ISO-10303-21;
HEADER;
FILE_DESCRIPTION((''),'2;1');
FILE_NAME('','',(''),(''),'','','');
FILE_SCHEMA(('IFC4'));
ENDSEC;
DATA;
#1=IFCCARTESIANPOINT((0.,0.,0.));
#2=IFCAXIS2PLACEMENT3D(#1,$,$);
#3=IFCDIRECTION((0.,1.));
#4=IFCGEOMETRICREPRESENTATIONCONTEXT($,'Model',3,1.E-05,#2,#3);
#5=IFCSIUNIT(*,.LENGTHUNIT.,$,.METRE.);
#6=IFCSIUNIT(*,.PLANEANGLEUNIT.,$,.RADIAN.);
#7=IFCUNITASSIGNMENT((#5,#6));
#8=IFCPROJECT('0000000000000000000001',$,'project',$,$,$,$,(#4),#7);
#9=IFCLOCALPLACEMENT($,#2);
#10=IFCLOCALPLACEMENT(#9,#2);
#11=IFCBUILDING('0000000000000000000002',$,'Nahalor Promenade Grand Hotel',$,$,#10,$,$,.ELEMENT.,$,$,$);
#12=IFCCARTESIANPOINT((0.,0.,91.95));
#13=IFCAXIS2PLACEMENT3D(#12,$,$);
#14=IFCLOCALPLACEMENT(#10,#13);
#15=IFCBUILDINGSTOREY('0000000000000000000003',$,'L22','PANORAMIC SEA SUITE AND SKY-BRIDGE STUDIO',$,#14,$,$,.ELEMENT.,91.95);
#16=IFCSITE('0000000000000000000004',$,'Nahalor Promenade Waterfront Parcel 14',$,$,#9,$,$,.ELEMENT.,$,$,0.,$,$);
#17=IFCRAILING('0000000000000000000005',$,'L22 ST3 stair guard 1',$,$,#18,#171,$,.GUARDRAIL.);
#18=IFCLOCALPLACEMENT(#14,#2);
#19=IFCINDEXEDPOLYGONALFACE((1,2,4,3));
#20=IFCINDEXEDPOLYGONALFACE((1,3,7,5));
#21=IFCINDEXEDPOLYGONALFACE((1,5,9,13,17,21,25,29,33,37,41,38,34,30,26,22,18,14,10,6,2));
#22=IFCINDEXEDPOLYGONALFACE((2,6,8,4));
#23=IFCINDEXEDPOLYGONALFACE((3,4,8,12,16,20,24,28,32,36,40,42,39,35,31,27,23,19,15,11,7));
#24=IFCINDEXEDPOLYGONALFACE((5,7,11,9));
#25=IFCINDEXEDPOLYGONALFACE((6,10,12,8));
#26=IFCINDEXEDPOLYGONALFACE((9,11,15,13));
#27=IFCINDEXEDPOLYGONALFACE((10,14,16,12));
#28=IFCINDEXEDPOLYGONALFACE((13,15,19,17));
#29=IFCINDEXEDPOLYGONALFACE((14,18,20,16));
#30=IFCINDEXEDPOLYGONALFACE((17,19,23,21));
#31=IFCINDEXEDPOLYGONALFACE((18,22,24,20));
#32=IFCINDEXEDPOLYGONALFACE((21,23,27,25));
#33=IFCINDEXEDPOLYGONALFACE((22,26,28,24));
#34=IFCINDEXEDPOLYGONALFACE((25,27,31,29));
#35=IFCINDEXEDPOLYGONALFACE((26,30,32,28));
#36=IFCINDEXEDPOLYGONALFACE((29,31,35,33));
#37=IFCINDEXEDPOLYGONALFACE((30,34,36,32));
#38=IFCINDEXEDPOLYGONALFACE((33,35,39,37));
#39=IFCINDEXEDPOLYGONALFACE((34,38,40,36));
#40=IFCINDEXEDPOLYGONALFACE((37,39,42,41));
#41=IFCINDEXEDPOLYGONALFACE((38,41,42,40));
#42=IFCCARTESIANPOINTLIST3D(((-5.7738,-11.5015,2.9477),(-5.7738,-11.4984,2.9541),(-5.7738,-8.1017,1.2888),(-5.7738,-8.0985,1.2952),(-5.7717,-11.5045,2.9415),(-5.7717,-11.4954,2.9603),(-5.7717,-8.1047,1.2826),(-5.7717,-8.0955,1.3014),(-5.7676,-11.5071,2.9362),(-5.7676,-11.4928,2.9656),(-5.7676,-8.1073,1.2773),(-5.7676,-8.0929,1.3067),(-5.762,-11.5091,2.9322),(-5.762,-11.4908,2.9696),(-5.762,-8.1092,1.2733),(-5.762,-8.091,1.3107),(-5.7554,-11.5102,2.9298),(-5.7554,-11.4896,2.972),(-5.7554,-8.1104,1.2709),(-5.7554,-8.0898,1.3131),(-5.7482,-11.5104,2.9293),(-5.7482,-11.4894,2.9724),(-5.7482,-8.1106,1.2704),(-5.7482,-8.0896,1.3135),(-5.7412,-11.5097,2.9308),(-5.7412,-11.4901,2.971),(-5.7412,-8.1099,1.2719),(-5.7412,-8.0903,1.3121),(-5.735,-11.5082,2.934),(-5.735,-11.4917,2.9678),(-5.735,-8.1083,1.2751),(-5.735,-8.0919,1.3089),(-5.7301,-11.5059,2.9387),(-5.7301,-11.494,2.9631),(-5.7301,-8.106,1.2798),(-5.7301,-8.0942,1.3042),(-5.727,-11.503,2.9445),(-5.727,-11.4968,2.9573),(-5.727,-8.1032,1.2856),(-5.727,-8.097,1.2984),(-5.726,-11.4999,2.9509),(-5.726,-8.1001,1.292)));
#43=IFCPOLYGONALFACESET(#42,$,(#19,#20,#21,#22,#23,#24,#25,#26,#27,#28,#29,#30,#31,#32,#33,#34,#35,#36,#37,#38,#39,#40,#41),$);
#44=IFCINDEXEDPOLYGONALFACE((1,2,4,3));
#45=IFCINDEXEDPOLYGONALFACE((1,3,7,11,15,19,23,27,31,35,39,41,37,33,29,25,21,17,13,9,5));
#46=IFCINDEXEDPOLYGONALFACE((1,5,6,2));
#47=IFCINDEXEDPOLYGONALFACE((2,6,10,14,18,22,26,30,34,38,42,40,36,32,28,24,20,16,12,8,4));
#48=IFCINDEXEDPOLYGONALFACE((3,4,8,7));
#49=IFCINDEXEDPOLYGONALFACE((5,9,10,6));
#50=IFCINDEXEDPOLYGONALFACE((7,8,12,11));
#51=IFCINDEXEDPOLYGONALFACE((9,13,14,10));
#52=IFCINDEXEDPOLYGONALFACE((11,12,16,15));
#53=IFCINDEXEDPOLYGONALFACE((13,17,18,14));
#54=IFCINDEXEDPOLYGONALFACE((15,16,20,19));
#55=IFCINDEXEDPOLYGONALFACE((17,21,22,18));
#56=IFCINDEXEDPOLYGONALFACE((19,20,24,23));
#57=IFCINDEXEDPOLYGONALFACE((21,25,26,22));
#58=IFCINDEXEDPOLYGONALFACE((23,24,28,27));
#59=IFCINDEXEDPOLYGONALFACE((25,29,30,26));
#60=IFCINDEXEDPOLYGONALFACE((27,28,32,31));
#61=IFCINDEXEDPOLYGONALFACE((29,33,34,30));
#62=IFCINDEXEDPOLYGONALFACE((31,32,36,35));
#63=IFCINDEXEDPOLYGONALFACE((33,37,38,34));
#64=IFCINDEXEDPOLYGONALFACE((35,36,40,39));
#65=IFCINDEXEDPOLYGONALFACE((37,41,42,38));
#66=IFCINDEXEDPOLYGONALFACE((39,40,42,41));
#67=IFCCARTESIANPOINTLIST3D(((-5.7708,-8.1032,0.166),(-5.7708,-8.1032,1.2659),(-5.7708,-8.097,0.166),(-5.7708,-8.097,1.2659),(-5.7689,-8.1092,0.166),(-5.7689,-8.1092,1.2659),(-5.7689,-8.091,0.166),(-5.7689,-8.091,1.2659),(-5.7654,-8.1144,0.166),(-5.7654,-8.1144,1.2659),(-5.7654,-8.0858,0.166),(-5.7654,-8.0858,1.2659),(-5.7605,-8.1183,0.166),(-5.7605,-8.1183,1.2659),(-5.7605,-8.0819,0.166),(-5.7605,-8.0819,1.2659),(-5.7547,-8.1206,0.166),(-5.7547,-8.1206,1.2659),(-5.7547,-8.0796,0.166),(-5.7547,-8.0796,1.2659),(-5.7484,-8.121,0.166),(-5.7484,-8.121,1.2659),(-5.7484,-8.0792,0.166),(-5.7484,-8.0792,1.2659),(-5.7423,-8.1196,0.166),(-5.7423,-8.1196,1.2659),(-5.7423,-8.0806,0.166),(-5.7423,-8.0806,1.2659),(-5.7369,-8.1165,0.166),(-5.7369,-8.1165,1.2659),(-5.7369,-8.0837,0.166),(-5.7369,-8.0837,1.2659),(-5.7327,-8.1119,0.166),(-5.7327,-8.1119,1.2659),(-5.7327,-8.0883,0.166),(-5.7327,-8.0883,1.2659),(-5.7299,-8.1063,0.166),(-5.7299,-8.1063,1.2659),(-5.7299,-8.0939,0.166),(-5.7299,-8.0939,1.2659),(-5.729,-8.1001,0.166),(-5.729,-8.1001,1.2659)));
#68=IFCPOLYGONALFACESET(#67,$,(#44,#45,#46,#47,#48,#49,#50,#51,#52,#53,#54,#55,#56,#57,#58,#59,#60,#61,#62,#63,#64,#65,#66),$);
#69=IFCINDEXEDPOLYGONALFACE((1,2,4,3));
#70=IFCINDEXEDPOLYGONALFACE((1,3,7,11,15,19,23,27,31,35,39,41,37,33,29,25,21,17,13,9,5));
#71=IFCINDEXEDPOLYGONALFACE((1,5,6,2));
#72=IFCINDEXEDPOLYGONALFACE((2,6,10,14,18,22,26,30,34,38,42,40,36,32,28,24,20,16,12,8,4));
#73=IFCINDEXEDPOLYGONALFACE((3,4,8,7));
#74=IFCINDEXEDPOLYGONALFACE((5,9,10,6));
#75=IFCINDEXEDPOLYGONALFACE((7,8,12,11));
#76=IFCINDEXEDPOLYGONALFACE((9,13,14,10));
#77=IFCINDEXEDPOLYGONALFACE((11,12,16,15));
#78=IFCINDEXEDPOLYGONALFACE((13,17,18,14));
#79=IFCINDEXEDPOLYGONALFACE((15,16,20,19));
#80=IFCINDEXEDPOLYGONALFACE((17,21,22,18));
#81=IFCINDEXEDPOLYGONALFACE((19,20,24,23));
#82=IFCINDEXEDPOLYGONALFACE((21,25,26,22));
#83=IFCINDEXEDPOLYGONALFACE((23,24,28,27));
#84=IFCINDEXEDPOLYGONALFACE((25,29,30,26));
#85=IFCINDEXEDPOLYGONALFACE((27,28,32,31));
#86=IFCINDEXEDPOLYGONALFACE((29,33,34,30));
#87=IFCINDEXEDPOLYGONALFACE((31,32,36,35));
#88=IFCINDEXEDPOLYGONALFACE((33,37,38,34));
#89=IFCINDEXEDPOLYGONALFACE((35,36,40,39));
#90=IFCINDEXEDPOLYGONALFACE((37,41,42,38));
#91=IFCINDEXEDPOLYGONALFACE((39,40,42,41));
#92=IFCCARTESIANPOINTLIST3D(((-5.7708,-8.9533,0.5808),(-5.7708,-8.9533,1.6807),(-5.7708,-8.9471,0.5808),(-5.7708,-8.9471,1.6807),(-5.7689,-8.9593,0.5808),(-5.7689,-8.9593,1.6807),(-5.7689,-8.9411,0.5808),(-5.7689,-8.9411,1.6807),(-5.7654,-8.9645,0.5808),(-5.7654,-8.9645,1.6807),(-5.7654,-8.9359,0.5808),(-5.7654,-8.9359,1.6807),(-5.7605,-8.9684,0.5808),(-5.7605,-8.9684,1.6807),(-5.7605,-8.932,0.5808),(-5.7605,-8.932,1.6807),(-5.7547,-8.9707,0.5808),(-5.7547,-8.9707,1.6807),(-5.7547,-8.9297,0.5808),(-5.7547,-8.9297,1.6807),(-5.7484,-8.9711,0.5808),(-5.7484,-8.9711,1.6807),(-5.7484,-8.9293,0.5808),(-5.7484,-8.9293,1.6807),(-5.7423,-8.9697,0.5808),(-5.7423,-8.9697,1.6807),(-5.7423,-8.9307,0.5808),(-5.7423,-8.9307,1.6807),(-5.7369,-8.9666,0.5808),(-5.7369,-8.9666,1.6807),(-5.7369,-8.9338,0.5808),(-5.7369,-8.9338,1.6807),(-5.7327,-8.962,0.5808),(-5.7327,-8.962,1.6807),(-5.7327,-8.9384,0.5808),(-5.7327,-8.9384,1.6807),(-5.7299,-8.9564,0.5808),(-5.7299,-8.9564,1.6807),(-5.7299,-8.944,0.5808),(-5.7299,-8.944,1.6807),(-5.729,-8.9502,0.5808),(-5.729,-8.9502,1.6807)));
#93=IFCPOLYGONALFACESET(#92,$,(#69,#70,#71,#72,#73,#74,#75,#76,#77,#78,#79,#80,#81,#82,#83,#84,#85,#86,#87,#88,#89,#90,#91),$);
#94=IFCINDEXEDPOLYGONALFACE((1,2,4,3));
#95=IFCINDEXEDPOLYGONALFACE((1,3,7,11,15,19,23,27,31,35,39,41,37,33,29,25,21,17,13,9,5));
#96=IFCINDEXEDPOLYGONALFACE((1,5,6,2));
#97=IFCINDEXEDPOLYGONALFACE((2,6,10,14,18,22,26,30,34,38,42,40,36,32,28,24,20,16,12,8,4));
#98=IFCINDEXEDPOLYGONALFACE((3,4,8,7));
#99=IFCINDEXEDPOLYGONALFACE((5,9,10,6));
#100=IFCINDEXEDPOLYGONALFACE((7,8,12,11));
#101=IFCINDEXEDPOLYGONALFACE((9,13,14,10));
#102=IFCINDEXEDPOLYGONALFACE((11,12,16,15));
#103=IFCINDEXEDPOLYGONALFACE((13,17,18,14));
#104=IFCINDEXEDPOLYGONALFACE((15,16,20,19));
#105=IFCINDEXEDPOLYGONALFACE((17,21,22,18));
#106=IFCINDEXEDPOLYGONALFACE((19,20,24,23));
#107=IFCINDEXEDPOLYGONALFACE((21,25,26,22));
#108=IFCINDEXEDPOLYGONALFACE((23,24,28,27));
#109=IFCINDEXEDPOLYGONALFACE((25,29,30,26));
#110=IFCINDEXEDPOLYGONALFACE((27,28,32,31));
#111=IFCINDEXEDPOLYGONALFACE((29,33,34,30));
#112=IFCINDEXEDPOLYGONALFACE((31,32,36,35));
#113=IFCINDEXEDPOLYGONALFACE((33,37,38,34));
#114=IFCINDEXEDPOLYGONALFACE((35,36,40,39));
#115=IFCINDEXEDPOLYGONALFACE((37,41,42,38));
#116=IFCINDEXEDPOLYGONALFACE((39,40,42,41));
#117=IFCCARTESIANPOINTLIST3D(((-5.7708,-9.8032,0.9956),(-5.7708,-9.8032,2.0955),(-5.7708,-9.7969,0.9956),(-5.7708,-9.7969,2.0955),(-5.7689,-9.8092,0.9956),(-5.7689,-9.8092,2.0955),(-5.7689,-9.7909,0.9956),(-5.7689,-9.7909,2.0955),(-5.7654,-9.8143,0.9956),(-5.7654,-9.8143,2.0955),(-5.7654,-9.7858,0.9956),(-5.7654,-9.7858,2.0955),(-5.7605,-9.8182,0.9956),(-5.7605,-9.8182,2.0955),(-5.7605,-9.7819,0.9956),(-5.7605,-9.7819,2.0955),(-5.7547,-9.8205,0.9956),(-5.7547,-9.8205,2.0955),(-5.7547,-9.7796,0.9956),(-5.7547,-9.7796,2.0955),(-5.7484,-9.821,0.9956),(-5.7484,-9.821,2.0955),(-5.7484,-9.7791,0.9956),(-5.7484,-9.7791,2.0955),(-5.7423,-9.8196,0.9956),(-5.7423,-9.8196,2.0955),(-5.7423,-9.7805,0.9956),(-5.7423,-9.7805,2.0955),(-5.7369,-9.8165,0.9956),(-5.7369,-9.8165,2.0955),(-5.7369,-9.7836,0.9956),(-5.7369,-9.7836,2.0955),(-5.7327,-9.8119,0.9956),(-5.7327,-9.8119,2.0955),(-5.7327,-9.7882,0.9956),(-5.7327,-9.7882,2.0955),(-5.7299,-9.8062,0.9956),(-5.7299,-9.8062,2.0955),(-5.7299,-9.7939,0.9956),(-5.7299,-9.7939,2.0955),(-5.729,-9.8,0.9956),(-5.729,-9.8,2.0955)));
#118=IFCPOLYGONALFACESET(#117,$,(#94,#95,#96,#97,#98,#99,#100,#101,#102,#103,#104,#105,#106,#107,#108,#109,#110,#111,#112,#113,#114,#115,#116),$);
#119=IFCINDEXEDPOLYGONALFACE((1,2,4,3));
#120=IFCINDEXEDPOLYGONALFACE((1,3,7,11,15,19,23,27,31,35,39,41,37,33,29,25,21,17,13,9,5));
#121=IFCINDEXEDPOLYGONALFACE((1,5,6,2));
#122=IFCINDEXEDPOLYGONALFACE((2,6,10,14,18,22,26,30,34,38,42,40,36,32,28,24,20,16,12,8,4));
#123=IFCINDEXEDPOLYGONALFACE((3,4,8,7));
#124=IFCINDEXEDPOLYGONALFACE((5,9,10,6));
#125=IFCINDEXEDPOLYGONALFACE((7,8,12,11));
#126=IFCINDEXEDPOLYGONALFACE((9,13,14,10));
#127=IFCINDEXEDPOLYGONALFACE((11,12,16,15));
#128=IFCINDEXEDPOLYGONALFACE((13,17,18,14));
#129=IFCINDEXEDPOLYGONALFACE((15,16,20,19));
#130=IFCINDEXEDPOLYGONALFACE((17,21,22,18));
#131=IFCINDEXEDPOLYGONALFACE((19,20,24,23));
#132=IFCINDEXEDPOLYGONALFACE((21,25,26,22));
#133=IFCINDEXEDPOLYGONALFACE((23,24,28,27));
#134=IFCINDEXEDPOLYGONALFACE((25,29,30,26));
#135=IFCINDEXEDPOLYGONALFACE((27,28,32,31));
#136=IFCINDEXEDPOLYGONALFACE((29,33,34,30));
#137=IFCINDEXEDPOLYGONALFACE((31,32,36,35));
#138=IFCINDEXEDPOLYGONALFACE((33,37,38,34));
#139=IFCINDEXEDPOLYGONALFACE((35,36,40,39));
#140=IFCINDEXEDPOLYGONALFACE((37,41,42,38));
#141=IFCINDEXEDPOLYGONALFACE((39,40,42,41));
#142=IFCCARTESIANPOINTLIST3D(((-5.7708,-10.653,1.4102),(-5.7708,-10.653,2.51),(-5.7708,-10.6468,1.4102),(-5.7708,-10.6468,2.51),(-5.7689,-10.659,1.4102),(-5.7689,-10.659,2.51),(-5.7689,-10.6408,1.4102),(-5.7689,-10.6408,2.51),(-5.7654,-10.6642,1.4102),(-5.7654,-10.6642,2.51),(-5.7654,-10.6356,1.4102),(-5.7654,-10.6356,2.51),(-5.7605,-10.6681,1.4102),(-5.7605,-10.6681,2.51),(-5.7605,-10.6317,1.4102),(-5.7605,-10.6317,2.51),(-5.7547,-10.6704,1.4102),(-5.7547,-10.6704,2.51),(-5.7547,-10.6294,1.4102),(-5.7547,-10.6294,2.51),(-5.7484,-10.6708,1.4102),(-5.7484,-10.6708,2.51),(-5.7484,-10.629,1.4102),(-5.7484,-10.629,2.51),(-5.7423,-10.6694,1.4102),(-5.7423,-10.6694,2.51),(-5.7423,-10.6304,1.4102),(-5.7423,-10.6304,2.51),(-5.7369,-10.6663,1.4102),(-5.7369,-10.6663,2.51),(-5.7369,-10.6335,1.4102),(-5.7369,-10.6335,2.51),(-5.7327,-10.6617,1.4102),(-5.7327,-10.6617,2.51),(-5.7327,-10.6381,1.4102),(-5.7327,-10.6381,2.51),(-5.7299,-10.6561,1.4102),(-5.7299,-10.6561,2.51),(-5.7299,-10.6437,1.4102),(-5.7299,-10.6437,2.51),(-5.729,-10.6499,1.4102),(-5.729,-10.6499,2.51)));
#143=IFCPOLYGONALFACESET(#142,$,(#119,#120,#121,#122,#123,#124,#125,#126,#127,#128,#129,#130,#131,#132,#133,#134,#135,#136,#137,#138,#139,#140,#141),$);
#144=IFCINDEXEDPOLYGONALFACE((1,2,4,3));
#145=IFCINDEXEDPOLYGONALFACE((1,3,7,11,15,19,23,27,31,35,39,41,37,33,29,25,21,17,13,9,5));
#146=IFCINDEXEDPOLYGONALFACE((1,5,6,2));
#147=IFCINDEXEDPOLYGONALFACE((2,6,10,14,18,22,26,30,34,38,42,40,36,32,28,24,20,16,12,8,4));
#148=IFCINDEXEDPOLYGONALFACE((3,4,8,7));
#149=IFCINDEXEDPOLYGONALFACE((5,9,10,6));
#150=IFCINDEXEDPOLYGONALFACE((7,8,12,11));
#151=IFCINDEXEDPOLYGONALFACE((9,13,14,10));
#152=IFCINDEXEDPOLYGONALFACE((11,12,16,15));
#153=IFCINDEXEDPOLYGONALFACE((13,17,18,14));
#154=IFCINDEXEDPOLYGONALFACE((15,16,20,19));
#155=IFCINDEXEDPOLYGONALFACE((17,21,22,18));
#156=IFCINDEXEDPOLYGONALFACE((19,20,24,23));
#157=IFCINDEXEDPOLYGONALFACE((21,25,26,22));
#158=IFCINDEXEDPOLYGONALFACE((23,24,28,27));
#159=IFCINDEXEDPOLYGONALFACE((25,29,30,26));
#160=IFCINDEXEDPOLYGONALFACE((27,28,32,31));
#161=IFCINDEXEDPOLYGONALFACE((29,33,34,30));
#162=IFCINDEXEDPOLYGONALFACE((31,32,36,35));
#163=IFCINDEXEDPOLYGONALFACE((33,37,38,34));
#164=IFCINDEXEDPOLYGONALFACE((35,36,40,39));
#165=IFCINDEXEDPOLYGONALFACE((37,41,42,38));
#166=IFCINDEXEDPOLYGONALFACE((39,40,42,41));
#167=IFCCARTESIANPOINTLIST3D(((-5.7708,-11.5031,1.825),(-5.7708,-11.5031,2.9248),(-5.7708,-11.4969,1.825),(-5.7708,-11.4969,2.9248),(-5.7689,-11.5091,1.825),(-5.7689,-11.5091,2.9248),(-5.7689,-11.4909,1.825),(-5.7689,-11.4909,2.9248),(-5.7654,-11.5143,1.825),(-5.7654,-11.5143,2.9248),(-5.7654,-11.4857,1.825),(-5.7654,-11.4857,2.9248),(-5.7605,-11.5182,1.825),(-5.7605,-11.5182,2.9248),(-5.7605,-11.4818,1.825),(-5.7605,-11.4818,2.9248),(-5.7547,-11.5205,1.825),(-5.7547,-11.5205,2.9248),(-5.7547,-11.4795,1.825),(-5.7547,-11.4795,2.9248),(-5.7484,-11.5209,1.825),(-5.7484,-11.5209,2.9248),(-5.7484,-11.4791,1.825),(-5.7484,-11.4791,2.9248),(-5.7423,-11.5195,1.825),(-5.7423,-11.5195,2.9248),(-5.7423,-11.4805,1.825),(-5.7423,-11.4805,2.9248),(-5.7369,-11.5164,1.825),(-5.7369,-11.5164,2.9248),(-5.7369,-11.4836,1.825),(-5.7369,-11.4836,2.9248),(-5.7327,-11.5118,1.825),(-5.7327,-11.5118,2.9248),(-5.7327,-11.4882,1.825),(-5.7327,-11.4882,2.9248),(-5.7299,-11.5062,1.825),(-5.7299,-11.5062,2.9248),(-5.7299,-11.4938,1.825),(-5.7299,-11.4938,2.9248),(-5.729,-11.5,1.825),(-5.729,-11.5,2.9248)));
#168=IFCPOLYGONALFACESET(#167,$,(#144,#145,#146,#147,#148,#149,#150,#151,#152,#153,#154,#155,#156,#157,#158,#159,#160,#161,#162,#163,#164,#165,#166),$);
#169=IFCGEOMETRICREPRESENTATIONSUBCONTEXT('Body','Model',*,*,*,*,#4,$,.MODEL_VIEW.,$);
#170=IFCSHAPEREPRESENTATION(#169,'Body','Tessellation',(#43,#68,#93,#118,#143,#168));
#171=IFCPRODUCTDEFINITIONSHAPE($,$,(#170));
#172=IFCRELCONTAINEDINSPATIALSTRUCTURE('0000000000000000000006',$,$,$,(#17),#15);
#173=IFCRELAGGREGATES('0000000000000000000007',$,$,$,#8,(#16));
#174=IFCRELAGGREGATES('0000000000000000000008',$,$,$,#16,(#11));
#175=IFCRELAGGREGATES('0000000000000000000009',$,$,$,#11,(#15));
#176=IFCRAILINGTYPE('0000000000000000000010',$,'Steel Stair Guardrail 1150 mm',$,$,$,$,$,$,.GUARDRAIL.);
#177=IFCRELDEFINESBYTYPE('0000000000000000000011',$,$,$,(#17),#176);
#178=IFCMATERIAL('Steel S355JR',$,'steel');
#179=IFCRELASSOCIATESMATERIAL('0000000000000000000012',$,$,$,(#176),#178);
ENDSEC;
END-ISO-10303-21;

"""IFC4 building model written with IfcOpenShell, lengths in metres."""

from ifc_helpers import new_model, si_unit, direction, frame, origin, origin_2d, place, context, subcontext, project, spatial, circle, extrude, material, type_object, element, save


model = new_model("IFC4")

# Units and contexts
model_context = context("Model", 3, precision=1e-05, world=origin(), true_north=direction((0.0, 1.0)))
body_context = subcontext(model_context, "Body", "Model", "MODEL_VIEW")
ifc_project = project(units=[si_unit("LENGTHUNIT", "METRE"), si_unit("PLANEANGLEUNIT", "RADIAN")], contexts=[model_context])

# Site, building, storey
site_placement = place(None, origin())
site = spatial("IfcSite", under=ifc_project, at=site_placement, Name="Nahalor Promenade Waterfront Parcel 14", CompositionType="ELEMENT", RefElevation=0.0)
building_placement = place(site_placement, origin())
building = spatial("IfcBuilding", under=site, at=building_placement, Name="Nahalor Promenade Grand Hotel", CompositionType="ELEMENT")
storey_placement = place(building_placement, frame((0.0, 0.0, 91.95)))
storey = spatial("IfcBuildingStorey", under=building, at=storey_placement, Name="L22", Description="PANORAMIC SEA SUITE AND SKY-BRIDGE STUDIO", CompositionType="ELEMENT", Elevation=91.95)

# Shared definitions
ifc_material_1 = material(Name="Steel S355JR", Category="steel")

# Railing
railing_type_1 = type_object("IfcRailingType", Name="Steel Stair Guardrail 1150 mm", PredefinedType="GUARDRAIL", material=ifc_material_1)
railing_1_placement = place(storey_placement, frame((-5.75, -8.1001, 0.166)))
element("IfcRailing", 1, at=railing_1_placement, inside=storey, type_object=railing_type_1, Name="L22 ST3 stair guard 1", PredefinedType="GUARDRAIL", context=body_context, shape_type="SweptSolid", body=[
    extrude(circle(Radius=0.024, at=origin_2d()), frame((0.0, 0.0, 1.126), z_axis=(0.0, -0.898722, 0.438519), x_axis=(1.0, 0.0, 0.0)), (0.0, 0.0, 1.0), 3.783),
    extrude(circle(Radius=0.021, at=origin_2d()), origin(), (0.0, 0.0, 1.0), 1.0999),
    extrude(circle(Radius=0.021, at=origin_2d()), frame((0.0, -0.8501, 0.4148)), (0.0, 0.0, 1.0), 1.0999),
    extrude(circle(Radius=0.021, at=origin_2d()), frame((0.0, -1.7, 0.8296)), (0.0, 0.0, 1.0), 1.0999),
    extrude(circle(Radius=0.021, at=origin_2d()), frame((0.0, -2.5498, 1.2441)), (0.0, 0.0, 1.0), 1.0999),
    extrude(circle(Radius=0.021, at=origin_2d()), frame((0.0, -3.3999, 1.6589)), (0.0, 0.0, 1.0), 1.0999),
])

save(model, "model.ifc")
